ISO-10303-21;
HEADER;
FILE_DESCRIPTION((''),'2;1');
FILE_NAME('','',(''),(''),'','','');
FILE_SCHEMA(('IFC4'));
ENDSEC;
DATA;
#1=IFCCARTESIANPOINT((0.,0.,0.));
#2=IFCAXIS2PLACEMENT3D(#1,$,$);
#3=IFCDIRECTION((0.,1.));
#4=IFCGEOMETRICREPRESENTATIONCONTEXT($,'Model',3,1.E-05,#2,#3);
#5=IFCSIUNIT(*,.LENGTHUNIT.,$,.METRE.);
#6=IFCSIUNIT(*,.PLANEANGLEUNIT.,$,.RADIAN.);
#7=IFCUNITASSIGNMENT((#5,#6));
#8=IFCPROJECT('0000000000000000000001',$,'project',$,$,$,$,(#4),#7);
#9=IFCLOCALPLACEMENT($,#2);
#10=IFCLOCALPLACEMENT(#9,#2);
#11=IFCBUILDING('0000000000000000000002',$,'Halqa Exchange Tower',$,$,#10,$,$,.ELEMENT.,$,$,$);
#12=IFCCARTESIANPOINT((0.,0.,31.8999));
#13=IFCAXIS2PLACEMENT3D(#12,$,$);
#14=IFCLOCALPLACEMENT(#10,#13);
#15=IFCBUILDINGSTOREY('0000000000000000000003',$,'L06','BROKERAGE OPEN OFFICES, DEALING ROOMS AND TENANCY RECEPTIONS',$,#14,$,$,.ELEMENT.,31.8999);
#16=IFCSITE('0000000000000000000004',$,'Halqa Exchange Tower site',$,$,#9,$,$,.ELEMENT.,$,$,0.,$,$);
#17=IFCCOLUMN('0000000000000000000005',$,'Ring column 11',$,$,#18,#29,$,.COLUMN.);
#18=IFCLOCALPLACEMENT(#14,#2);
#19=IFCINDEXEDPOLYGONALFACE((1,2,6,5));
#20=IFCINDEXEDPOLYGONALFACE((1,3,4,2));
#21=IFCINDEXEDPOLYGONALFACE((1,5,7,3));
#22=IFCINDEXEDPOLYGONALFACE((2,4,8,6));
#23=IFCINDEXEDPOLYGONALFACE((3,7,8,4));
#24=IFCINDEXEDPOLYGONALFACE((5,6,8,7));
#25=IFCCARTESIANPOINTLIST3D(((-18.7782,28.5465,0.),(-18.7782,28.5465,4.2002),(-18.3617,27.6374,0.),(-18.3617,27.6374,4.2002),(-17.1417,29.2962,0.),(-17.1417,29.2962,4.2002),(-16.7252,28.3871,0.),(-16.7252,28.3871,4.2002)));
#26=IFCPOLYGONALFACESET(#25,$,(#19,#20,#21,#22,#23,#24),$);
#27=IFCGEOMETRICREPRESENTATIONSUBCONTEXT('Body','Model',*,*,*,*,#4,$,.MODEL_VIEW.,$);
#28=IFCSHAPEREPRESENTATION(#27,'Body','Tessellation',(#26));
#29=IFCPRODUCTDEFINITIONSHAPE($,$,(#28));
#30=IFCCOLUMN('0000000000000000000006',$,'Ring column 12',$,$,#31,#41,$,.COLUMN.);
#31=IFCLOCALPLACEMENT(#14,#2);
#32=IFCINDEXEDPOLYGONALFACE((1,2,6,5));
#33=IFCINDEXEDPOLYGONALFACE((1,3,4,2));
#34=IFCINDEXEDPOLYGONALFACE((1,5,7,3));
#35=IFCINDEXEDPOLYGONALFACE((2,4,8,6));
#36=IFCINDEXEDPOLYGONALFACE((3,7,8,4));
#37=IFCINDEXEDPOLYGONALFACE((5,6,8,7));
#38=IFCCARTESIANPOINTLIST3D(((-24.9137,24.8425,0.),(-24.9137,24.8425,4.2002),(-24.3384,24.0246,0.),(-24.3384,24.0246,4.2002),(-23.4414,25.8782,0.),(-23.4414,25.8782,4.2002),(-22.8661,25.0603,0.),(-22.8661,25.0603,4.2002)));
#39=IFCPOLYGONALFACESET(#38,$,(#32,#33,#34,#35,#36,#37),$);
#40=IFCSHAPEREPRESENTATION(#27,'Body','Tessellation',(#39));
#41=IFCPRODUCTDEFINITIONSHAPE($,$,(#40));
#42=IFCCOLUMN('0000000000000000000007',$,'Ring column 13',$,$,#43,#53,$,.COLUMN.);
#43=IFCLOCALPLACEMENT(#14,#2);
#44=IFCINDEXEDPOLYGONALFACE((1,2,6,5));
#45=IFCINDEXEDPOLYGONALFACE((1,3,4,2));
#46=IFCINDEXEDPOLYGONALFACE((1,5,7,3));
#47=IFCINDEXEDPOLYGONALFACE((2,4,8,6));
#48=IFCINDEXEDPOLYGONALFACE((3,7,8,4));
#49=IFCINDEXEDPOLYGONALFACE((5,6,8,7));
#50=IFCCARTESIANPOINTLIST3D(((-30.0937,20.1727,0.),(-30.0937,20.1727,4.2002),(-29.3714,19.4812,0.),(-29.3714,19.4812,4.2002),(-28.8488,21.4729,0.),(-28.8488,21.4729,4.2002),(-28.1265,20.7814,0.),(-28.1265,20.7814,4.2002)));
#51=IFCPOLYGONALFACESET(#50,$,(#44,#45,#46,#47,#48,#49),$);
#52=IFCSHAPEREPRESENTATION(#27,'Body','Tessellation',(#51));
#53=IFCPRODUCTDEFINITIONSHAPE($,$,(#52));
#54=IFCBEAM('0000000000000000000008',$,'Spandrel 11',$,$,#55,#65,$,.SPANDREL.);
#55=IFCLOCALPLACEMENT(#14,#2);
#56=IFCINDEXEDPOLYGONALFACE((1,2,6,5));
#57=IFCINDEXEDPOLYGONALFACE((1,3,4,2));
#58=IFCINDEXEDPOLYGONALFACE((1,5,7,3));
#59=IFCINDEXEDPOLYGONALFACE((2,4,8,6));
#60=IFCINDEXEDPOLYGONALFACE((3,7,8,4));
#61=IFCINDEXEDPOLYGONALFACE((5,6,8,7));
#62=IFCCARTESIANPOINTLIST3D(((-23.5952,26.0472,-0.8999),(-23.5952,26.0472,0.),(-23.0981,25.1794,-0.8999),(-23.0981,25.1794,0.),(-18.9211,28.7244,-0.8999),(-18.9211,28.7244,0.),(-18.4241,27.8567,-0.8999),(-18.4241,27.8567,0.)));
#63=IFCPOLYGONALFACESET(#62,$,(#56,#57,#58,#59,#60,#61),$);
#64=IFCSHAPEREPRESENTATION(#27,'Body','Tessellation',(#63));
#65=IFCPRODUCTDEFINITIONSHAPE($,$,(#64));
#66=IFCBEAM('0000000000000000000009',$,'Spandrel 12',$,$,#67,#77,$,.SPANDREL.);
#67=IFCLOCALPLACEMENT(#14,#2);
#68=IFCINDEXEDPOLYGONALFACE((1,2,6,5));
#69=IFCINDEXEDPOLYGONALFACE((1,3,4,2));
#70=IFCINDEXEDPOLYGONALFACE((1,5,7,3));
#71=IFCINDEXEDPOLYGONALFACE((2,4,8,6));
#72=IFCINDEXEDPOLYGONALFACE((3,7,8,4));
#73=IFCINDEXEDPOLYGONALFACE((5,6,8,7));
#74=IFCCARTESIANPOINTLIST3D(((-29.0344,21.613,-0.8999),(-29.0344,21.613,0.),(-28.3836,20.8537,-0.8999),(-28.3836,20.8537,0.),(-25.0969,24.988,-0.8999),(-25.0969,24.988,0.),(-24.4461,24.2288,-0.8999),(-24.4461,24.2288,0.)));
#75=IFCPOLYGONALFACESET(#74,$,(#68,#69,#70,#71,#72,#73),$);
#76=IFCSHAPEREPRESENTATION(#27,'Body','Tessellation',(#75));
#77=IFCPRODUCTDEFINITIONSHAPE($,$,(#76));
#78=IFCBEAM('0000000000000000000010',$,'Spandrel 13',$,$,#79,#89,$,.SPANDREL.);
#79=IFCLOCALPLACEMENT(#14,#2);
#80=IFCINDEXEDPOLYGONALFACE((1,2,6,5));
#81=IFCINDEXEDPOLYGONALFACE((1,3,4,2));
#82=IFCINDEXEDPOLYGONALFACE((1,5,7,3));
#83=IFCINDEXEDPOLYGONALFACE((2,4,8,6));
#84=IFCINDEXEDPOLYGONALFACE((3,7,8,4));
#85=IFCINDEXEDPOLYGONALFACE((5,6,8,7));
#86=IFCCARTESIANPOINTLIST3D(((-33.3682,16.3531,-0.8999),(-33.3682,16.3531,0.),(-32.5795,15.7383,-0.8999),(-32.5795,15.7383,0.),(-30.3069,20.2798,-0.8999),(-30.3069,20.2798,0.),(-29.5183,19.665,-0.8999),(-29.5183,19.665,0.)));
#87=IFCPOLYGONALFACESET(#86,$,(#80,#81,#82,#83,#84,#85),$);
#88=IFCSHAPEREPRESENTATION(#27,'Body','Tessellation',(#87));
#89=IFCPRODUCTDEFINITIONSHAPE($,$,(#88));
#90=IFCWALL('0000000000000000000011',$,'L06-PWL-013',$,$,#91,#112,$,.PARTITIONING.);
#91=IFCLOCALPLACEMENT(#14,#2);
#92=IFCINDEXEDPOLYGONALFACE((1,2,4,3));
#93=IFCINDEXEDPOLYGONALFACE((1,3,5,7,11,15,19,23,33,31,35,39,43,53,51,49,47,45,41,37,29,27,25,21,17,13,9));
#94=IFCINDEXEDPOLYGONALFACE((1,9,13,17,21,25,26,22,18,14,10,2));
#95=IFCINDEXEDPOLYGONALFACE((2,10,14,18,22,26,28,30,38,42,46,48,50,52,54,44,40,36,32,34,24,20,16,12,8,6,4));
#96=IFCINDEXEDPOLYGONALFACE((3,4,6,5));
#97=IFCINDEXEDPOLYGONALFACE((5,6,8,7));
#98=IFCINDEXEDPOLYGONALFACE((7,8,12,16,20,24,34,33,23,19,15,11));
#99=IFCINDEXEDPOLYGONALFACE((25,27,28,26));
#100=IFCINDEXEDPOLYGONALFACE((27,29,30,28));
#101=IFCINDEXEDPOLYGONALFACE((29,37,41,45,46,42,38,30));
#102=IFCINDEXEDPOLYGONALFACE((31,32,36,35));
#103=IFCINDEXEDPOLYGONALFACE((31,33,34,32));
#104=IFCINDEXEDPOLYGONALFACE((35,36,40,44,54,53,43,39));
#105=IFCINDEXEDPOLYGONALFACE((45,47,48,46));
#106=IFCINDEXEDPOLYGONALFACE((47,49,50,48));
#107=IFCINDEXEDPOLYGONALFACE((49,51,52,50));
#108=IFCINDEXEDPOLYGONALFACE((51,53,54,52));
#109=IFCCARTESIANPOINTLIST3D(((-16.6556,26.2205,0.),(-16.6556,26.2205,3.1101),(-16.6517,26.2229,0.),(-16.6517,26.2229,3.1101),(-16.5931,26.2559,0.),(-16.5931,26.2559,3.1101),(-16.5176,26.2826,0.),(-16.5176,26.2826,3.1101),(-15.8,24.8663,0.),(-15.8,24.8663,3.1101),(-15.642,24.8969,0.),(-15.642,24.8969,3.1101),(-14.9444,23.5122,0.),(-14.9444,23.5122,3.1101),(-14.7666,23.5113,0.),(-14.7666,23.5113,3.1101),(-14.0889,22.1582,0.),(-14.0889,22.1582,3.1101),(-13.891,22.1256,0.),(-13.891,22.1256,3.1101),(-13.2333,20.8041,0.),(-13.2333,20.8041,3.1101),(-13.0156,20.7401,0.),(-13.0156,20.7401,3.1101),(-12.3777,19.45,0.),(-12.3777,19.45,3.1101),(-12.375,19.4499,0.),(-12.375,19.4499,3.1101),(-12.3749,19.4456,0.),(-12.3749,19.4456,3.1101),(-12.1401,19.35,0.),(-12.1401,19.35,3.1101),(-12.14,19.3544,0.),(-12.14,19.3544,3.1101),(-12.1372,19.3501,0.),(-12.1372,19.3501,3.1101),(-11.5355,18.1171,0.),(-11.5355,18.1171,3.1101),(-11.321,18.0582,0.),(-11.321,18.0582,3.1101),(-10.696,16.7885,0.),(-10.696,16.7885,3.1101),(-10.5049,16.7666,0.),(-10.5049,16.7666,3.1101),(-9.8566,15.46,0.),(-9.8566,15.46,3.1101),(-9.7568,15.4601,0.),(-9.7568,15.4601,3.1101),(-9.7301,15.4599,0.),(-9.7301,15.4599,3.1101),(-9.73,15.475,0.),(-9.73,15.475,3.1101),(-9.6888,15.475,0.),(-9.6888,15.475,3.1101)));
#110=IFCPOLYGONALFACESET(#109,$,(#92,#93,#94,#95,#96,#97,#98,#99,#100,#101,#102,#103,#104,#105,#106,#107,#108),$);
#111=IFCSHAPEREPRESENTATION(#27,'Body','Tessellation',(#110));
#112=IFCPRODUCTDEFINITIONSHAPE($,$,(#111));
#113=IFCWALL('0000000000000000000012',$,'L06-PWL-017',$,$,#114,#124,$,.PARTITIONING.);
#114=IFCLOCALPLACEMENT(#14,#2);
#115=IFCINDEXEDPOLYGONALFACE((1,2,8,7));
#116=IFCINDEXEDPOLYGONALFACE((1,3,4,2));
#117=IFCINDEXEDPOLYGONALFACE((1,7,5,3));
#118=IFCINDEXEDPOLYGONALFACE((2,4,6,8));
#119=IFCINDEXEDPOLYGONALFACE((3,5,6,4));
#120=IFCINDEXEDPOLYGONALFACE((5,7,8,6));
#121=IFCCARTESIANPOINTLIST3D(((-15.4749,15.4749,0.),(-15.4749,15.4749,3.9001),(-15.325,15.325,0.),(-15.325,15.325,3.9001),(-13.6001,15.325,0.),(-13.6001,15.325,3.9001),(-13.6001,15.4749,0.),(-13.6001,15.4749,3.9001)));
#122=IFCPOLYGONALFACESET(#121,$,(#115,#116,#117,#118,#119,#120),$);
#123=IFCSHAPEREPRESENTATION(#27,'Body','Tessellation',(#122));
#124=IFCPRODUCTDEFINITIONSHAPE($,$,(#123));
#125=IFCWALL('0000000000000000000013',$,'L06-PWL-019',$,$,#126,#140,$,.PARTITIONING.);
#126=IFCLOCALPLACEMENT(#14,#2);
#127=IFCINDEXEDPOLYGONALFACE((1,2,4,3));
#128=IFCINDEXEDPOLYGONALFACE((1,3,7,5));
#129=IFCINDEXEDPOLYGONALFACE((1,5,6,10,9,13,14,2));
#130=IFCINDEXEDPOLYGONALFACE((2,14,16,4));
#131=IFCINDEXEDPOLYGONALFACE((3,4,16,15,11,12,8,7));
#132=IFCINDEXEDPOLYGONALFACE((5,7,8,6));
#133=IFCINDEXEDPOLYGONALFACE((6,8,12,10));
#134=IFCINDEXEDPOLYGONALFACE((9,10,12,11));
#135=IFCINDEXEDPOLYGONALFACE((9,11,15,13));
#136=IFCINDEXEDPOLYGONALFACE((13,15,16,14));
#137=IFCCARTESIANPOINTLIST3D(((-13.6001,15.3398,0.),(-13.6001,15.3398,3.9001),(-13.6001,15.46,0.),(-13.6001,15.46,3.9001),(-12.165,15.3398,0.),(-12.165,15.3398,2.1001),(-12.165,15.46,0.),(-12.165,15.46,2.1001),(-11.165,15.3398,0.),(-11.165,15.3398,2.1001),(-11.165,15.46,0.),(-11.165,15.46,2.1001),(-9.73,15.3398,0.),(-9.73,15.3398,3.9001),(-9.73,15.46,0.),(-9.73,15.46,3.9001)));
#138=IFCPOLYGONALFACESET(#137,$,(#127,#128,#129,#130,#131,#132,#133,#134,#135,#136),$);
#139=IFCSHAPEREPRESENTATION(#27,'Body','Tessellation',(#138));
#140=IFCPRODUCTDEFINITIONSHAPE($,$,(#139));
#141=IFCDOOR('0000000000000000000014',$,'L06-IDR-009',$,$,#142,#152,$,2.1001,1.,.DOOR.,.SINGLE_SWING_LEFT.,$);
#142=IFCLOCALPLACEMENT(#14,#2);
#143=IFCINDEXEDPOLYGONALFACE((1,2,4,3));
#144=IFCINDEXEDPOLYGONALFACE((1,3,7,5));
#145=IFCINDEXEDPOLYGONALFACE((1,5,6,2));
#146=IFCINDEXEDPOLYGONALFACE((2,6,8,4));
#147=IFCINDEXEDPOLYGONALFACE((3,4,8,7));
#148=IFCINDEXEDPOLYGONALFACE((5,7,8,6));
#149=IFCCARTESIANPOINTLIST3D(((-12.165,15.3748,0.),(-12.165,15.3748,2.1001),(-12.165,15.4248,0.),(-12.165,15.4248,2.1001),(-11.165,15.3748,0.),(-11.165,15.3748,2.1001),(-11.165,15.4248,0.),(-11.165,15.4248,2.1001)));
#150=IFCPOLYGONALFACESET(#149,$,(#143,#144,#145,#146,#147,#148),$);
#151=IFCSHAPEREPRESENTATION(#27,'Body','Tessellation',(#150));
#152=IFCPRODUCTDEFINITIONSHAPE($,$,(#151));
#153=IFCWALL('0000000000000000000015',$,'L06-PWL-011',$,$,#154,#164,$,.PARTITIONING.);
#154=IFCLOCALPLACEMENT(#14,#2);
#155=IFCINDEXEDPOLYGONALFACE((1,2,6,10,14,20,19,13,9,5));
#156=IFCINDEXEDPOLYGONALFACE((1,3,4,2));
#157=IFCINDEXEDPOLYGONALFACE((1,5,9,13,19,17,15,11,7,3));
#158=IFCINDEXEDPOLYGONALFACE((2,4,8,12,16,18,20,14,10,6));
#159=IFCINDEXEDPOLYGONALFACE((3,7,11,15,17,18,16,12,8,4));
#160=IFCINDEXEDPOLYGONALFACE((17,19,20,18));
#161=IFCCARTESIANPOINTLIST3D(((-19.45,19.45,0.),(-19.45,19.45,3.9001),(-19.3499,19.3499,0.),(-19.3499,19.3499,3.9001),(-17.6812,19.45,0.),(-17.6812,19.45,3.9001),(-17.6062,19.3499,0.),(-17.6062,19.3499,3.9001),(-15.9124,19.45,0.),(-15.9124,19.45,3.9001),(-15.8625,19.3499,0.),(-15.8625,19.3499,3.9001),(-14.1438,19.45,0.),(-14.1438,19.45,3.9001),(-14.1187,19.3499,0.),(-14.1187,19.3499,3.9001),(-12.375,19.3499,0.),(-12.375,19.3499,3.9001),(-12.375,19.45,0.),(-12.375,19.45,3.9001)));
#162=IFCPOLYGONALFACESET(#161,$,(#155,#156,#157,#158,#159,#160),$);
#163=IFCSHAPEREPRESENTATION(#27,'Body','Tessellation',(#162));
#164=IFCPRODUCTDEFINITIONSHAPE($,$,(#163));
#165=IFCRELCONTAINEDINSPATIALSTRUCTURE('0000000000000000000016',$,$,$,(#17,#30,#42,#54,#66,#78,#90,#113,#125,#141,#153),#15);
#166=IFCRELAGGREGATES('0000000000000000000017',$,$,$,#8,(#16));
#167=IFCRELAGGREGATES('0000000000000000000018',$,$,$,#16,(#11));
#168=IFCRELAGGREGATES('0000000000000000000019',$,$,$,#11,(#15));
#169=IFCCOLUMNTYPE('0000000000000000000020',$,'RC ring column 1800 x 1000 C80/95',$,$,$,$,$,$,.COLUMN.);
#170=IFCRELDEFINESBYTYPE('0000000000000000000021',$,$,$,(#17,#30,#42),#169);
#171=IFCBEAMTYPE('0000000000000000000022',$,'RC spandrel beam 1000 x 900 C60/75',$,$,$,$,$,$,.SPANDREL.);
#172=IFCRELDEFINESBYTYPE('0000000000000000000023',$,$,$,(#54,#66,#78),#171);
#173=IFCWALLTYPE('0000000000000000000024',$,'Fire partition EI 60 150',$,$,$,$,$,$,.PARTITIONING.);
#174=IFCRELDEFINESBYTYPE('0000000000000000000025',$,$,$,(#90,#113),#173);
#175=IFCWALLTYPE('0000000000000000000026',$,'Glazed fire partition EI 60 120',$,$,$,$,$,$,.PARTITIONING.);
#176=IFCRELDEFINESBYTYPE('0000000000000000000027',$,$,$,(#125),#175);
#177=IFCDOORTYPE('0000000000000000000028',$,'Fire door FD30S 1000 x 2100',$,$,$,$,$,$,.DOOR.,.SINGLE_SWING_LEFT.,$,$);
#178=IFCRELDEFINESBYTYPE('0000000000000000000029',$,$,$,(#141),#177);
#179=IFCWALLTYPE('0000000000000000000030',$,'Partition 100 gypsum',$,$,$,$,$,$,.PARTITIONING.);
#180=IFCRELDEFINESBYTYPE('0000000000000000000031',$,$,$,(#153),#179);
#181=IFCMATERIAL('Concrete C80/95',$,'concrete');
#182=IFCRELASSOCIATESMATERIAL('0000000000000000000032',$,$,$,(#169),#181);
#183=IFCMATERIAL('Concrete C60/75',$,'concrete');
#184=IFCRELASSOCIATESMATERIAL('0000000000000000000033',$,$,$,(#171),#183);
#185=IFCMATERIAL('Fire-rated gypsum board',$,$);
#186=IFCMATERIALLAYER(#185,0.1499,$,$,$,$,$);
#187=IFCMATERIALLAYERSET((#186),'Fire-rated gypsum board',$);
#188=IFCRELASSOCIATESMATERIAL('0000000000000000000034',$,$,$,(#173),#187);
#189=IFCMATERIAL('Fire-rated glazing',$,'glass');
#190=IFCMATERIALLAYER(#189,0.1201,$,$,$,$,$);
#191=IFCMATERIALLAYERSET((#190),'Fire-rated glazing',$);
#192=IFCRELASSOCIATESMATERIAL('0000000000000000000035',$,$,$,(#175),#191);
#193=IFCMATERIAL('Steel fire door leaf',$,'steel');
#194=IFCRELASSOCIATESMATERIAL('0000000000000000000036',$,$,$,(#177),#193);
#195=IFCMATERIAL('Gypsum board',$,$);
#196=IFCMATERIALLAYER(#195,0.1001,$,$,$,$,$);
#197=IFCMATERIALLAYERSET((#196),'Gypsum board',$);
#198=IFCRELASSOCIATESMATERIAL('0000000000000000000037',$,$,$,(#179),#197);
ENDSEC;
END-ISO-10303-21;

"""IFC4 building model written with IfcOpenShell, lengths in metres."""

from ifc_helpers import new_model, si_unit, direction, frame, frame_2d, origin, origin_2d, place, context, subcontext, project, spatial, polyline, rectangle, outline, extrude, material, layer, layer_set, material_profile, profile_set, type_object, element, fill, save


model = new_model("IFC4")

# Units and contexts
model_context = context("Model", 3, precision=1e-05, world=origin(), true_north=direction((0.0, 1.0)))
body_context = subcontext(model_context, "Body", "Model", "MODEL_VIEW")
ifc_project = project(units=[si_unit("LENGTHUNIT", "METRE"), si_unit("PLANEANGLEUNIT", "RADIAN")], contexts=[model_context])

# Site, building, storey
site_placement = place(None, origin())
site = spatial("IfcSite", under=ifc_project, at=site_placement, Name="Halqa Exchange Tower site", CompositionType="ELEMENT", RefElevation=0.0)
building_placement = place(site_placement, origin())
building = spatial("IfcBuilding", under=site, at=building_placement, Name="Halqa Exchange Tower", CompositionType="ELEMENT")
storey_placement = place(building_placement, frame((0.0, 0.0, 31.8999)))
storey = spatial("IfcBuildingStorey", under=building, at=storey_placement, Name="L06", Description="BROKERAGE OPEN OFFICES, DEALING ROOMS AND TENANCY RECEPTIONS", CompositionType="ELEMENT", Elevation=31.8999)

# Columns
ifc_material_1 = material(Name="Concrete C80/95", Category="concrete")
ifc_material_profile_1 = material_profile(ifc_material_1, rectangle(XDim=1.8, YDim=1.0, at=origin_2d()), Name="1800 x 1000")
ifc_profile_set_1 = profile_set([ifc_material_profile_1], Name="Concrete C80/95")
column_type = type_object("IfcColumnType", Name="RC ring column 1800 x 1000 C80/95", PredefinedType="COLUMN", material=ifc_profile_set_1)
for number, where, z_axis, x_axis, name in (
    (1, (-17.7517, 28.4668, 0.0), (0.0, 0.0, 1.0), (-0.909128, -0.416517, 0.0), "Ring column 11"),
    (2, (-23.8899, 24.9514, 0.0), (0.0, 0.0, 1.0), (-0.817912, -0.575344, 0.0), "Ring column 12"),
    (3, (-29.1101, 20.4771, 0.0), (0.0, 0.0, 1.0), (-0.691575, -0.722305, 0.0), "Ring column 13"),
):
    element("IfcColumn", number, at=place(storey_placement, frame(where, z_axis=z_axis, x_axis=x_axis)), inside=storey, type_object=column_type, Name=name, PredefinedType="COLUMN", context=body_context, shape_type="SweptSolid", body=[
        extrude(rectangle(XDim=1.8, YDim=1.0, at=origin_2d()), origin(), (0.0, 0.0, 1.0), 4.2002),
    ])

# Beams
ifc_material_2 = material(Name="Concrete C60/75", Category="concrete")
ifc_material_profile_2 = material_profile(ifc_material_2, rectangle(XDim=1.0, YDim=0.8999, at=origin_2d()), Name="1000 x 900")
ifc_profile_set_2 = profile_set([ifc_material_profile_2], Name="Concrete C60/75")
beam_type = type_object("IfcBeamType", Name="RC spandrel beam 1000 x 900 C60/75", PredefinedType="SPANDREL", material=ifc_profile_set_2)
beam_1_placement = place(storey_placement, frame((-18.6726, 28.2905, -0.45), z_axis=(-0.867735, -0.497027, 0.0), x_axis=(0.497027, -0.867735, 0.0)))
element("IfcBeam", 4, at=beam_1_placement, inside=storey, type_object=beam_type, Name="Spandrel 11", PredefinedType="SPANDREL", context=body_context, shape_type="SweptSolid", body=[
    extrude(rectangle(XDim=1.0, YDim=0.8999, at=origin_2d()), origin(), (0.0, 0.0, 1.0), 5.3865),
])
beam_2_placement = place(storey_placement, frame((-24.7715, 24.6084, -0.45), z_axis=(-0.759257, -0.650791, 0.0), x_axis=(0.650791, -0.759257, 0.0)))
element("IfcBeam", 5, at=beam_2_placement, inside=storey, type_object=beam_type, Name="Spandrel 12", PredefinedType="SPANDREL", context=body_context, shape_type="SweptSolid", body=[
    extrude(rectangle(XDim=1.0, YDim=0.8999, at=origin_2d()), origin(), (0.0, 0.0, 1.0), 5.186),
])
beam_3_placement = place(storey_placement, frame((-29.9126, 19.9724, -0.45), z_axis=(-0.614833, -0.788657, 0.0), x_axis=(0.788657, -0.614833, 0.0)))
element("IfcBeam", 6, at=beam_3_placement, inside=storey, type_object=beam_type, Name="Spandrel 13", PredefinedType="SPANDREL", context=body_context, shape_type="SweptSolid", body=[
    extrude(rectangle(XDim=1.0, YDim=0.8999, at=origin_2d()), origin(), (0.0, 0.0, 1.0), 4.979),
])

# Walls
ifc_material_3 = material(Name="Fire-rated gypsum board")
ifc_layer_1 = layer(ifc_material_3, 0.1499)
ifc_layer_set_1 = layer_set([ifc_layer_1], Name="Fire-rated gypsum board")
wall_type_1 = type_object("IfcWallType", Name="Fire partition EI 60 150", PredefinedType="PARTITIONING", material=ifc_layer_set_1)
wall_1_placement = place(storey_placement, frame((-16.5923, 26.2605, 0.0), z_axis=(0.0, 0.0, 1.0), x_axis=(0.534159, -0.845384, 0.0)))
element("IfcWall", 7, at=wall_1_placement, inside=storey, type_object=wall_type_1, Name="L06-PWL-013", PredefinedType="PARTITIONING", context=body_context, shape_type="SweptSolid", body=[
    extrude(outline(polyline([(0.0, -0.075), (1.6018, -0.075), (3.2036, -0.075), (4.8052, -0.075), (6.407, -0.075), (8.0088, -0.075), (8.0103, -0.0728), (8.0139, -0.075), (9.5854, -0.075), (11.157, -0.075), (12.7285, -0.075), (12.7817, 0.0095), (12.7817, 0.0095), (12.7961, 0.032), (12.7834, 0.04), (12.8054, 0.075), (12.8054, 0.075), (11.2776, 0.075), (9.7498, 0.075), (8.2217, 0.075), (8.2202, 0.0725), (8.2166, 0.075), (6.5774, 0.075), (4.9385, 0.075), (3.2993, 0.075), (1.6604, 0.075), (0.0212, 0.075), (0.0034, -0.0032), (0.0, -0.0703), (0.0, -0.075)])), origin(), (0.0, 0.0, 1.0), 3.1101),
])
wall_2_placement = place(storey_placement, frame((-15.4751, 15.3999, 0.0), z_axis=(0.0, 0.0, 1.0), x_axis=(1.0, 0.0, 0.0)))
element("IfcWall", 8, at=wall_2_placement, inside=storey, type_object=wall_type_1, Name="L06-PWL-017", PredefinedType="PARTITIONING", context=body_context, shape_type="SweptSolid", body=[
    extrude(outline(polyline([(1.875, 0.075), (0.0002, 0.075), (0.1501, -0.075), (1.875, -0.075), (1.875, 0.075)])), origin(), (0.0, 0.0, 1.0), 3.9001),
])

# Wall, opening, door
ifc_material_4 = material(Name="Fire-rated glazing", Category="glass")
ifc_layer_2 = layer(ifc_material_4, 0.1201)
ifc_layer_set_2 = layer_set([ifc_layer_2], Name="Fire-rated glazing")
wall_type_2 = type_object("IfcWallType", Name="Glazed fire partition EI 60 120", PredefinedType="PARTITIONING", material=ifc_layer_set_2)
wall_3_placement = place(storey_placement, frame((-13.6001, 15.3999, 0.0), z_axis=(0.0, 0.0, 1.0), x_axis=(1.0, 0.0, 0.0)))
wall_3 = element("IfcWall", 9, at=wall_3_placement, inside=storey, type_object=wall_type_2, Name="L06-PWL-019", PredefinedType="PARTITIONING", context=body_context, shape_type="SweptSolid", body=[
    extrude(rectangle(XDim=3.8701, YDim=0.1201, at=frame_2d((1.9351, 0.0))), origin(), (0.0, 0.0, 1.0), 3.9001),
])
opening_1_placement = place(wall_3_placement, frame((1.4351, 0.0, 0.0)))
opening_1 = element("IfcOpeningElement", 10, at=opening_1_placement, cuts=wall_3, PredefinedType="OPENING", context=body_context, shape_type="SweptSolid", body=[
    extrude(rectangle(XDim=1.0, YDim=2.1001, at=frame_2d((0.5, 1.05))), frame((0.0, 0.072, 0.0), z_axis=(0.0, -1.0, 0.0), x_axis=(1.0, 0.0, 0.0)), (0.0, 0.0, 1.0), 0.144),
])
ifc_material_5 = material(Name="Steel fire door leaf", Category="steel")
door_type_1 = type_object("IfcDoorType", Name="Fire door FD30S 1000 x 2100", OperationType="SINGLE_SWING_LEFT", PredefinedType="DOOR", material=ifc_material_5)
door_1_placement = place(opening_1_placement, origin())
door_1 = element("IfcDoor", 11, at=door_1_placement, inside=storey, type_object=door_type_1, Name="L06-IDR-009", OperationType="SINGLE_SWING_LEFT", OverallHeight=2.1001, OverallWidth=1.0, PredefinedType="DOOR", context=body_context, shape_type="SweptSolid", body=[
    extrude(rectangle(XDim=1.0, YDim=2.1001, at=frame_2d((0.5, 1.05))), frame((0.0, 0.0249, 0.0), z_axis=(0.0, -1.0, 0.0), x_axis=(1.0, 0.0, 0.0)), (0.0, 0.0, 1.0), 0.05),
])
fill(opening_1, door_1)

# Wall
ifc_material_6 = material(Name="Gypsum board")
ifc_layer_3 = layer(ifc_material_6, 0.1001)
ifc_layer_set_3 = layer_set([ifc_layer_3], Name="Gypsum board")
wall_type_3 = type_object("IfcWallType", Name="Partition 100 gypsum", PredefinedType="PARTITIONING", material=ifc_layer_set_3)
wall_4_placement = place(storey_placement, frame((-19.45, 19.3999, 0.0), z_axis=(0.0, 0.0, 1.0), x_axis=(1.0, 0.0, 0.0)))
element("IfcWall", 12, at=wall_4_placement, inside=storey, type_object=wall_type_3, Name="L06-PWL-011", PredefinedType="PARTITIONING", context=body_context, shape_type="SweptSolid", body=[
    extrude(outline(polyline([(7.075, 0.05), (5.3062, 0.05), (3.5376, 0.05), (1.7688, 0.05), (0.0, 0.05), (0.1001, -0.05), (1.8438, -0.05), (3.5874, -0.05), (5.3313, -0.05), (7.075, -0.05), (7.075, 0.05)])), origin(), (0.0, 0.0, 1.0), 3.9001),
])

save(model, "model.ifc")
